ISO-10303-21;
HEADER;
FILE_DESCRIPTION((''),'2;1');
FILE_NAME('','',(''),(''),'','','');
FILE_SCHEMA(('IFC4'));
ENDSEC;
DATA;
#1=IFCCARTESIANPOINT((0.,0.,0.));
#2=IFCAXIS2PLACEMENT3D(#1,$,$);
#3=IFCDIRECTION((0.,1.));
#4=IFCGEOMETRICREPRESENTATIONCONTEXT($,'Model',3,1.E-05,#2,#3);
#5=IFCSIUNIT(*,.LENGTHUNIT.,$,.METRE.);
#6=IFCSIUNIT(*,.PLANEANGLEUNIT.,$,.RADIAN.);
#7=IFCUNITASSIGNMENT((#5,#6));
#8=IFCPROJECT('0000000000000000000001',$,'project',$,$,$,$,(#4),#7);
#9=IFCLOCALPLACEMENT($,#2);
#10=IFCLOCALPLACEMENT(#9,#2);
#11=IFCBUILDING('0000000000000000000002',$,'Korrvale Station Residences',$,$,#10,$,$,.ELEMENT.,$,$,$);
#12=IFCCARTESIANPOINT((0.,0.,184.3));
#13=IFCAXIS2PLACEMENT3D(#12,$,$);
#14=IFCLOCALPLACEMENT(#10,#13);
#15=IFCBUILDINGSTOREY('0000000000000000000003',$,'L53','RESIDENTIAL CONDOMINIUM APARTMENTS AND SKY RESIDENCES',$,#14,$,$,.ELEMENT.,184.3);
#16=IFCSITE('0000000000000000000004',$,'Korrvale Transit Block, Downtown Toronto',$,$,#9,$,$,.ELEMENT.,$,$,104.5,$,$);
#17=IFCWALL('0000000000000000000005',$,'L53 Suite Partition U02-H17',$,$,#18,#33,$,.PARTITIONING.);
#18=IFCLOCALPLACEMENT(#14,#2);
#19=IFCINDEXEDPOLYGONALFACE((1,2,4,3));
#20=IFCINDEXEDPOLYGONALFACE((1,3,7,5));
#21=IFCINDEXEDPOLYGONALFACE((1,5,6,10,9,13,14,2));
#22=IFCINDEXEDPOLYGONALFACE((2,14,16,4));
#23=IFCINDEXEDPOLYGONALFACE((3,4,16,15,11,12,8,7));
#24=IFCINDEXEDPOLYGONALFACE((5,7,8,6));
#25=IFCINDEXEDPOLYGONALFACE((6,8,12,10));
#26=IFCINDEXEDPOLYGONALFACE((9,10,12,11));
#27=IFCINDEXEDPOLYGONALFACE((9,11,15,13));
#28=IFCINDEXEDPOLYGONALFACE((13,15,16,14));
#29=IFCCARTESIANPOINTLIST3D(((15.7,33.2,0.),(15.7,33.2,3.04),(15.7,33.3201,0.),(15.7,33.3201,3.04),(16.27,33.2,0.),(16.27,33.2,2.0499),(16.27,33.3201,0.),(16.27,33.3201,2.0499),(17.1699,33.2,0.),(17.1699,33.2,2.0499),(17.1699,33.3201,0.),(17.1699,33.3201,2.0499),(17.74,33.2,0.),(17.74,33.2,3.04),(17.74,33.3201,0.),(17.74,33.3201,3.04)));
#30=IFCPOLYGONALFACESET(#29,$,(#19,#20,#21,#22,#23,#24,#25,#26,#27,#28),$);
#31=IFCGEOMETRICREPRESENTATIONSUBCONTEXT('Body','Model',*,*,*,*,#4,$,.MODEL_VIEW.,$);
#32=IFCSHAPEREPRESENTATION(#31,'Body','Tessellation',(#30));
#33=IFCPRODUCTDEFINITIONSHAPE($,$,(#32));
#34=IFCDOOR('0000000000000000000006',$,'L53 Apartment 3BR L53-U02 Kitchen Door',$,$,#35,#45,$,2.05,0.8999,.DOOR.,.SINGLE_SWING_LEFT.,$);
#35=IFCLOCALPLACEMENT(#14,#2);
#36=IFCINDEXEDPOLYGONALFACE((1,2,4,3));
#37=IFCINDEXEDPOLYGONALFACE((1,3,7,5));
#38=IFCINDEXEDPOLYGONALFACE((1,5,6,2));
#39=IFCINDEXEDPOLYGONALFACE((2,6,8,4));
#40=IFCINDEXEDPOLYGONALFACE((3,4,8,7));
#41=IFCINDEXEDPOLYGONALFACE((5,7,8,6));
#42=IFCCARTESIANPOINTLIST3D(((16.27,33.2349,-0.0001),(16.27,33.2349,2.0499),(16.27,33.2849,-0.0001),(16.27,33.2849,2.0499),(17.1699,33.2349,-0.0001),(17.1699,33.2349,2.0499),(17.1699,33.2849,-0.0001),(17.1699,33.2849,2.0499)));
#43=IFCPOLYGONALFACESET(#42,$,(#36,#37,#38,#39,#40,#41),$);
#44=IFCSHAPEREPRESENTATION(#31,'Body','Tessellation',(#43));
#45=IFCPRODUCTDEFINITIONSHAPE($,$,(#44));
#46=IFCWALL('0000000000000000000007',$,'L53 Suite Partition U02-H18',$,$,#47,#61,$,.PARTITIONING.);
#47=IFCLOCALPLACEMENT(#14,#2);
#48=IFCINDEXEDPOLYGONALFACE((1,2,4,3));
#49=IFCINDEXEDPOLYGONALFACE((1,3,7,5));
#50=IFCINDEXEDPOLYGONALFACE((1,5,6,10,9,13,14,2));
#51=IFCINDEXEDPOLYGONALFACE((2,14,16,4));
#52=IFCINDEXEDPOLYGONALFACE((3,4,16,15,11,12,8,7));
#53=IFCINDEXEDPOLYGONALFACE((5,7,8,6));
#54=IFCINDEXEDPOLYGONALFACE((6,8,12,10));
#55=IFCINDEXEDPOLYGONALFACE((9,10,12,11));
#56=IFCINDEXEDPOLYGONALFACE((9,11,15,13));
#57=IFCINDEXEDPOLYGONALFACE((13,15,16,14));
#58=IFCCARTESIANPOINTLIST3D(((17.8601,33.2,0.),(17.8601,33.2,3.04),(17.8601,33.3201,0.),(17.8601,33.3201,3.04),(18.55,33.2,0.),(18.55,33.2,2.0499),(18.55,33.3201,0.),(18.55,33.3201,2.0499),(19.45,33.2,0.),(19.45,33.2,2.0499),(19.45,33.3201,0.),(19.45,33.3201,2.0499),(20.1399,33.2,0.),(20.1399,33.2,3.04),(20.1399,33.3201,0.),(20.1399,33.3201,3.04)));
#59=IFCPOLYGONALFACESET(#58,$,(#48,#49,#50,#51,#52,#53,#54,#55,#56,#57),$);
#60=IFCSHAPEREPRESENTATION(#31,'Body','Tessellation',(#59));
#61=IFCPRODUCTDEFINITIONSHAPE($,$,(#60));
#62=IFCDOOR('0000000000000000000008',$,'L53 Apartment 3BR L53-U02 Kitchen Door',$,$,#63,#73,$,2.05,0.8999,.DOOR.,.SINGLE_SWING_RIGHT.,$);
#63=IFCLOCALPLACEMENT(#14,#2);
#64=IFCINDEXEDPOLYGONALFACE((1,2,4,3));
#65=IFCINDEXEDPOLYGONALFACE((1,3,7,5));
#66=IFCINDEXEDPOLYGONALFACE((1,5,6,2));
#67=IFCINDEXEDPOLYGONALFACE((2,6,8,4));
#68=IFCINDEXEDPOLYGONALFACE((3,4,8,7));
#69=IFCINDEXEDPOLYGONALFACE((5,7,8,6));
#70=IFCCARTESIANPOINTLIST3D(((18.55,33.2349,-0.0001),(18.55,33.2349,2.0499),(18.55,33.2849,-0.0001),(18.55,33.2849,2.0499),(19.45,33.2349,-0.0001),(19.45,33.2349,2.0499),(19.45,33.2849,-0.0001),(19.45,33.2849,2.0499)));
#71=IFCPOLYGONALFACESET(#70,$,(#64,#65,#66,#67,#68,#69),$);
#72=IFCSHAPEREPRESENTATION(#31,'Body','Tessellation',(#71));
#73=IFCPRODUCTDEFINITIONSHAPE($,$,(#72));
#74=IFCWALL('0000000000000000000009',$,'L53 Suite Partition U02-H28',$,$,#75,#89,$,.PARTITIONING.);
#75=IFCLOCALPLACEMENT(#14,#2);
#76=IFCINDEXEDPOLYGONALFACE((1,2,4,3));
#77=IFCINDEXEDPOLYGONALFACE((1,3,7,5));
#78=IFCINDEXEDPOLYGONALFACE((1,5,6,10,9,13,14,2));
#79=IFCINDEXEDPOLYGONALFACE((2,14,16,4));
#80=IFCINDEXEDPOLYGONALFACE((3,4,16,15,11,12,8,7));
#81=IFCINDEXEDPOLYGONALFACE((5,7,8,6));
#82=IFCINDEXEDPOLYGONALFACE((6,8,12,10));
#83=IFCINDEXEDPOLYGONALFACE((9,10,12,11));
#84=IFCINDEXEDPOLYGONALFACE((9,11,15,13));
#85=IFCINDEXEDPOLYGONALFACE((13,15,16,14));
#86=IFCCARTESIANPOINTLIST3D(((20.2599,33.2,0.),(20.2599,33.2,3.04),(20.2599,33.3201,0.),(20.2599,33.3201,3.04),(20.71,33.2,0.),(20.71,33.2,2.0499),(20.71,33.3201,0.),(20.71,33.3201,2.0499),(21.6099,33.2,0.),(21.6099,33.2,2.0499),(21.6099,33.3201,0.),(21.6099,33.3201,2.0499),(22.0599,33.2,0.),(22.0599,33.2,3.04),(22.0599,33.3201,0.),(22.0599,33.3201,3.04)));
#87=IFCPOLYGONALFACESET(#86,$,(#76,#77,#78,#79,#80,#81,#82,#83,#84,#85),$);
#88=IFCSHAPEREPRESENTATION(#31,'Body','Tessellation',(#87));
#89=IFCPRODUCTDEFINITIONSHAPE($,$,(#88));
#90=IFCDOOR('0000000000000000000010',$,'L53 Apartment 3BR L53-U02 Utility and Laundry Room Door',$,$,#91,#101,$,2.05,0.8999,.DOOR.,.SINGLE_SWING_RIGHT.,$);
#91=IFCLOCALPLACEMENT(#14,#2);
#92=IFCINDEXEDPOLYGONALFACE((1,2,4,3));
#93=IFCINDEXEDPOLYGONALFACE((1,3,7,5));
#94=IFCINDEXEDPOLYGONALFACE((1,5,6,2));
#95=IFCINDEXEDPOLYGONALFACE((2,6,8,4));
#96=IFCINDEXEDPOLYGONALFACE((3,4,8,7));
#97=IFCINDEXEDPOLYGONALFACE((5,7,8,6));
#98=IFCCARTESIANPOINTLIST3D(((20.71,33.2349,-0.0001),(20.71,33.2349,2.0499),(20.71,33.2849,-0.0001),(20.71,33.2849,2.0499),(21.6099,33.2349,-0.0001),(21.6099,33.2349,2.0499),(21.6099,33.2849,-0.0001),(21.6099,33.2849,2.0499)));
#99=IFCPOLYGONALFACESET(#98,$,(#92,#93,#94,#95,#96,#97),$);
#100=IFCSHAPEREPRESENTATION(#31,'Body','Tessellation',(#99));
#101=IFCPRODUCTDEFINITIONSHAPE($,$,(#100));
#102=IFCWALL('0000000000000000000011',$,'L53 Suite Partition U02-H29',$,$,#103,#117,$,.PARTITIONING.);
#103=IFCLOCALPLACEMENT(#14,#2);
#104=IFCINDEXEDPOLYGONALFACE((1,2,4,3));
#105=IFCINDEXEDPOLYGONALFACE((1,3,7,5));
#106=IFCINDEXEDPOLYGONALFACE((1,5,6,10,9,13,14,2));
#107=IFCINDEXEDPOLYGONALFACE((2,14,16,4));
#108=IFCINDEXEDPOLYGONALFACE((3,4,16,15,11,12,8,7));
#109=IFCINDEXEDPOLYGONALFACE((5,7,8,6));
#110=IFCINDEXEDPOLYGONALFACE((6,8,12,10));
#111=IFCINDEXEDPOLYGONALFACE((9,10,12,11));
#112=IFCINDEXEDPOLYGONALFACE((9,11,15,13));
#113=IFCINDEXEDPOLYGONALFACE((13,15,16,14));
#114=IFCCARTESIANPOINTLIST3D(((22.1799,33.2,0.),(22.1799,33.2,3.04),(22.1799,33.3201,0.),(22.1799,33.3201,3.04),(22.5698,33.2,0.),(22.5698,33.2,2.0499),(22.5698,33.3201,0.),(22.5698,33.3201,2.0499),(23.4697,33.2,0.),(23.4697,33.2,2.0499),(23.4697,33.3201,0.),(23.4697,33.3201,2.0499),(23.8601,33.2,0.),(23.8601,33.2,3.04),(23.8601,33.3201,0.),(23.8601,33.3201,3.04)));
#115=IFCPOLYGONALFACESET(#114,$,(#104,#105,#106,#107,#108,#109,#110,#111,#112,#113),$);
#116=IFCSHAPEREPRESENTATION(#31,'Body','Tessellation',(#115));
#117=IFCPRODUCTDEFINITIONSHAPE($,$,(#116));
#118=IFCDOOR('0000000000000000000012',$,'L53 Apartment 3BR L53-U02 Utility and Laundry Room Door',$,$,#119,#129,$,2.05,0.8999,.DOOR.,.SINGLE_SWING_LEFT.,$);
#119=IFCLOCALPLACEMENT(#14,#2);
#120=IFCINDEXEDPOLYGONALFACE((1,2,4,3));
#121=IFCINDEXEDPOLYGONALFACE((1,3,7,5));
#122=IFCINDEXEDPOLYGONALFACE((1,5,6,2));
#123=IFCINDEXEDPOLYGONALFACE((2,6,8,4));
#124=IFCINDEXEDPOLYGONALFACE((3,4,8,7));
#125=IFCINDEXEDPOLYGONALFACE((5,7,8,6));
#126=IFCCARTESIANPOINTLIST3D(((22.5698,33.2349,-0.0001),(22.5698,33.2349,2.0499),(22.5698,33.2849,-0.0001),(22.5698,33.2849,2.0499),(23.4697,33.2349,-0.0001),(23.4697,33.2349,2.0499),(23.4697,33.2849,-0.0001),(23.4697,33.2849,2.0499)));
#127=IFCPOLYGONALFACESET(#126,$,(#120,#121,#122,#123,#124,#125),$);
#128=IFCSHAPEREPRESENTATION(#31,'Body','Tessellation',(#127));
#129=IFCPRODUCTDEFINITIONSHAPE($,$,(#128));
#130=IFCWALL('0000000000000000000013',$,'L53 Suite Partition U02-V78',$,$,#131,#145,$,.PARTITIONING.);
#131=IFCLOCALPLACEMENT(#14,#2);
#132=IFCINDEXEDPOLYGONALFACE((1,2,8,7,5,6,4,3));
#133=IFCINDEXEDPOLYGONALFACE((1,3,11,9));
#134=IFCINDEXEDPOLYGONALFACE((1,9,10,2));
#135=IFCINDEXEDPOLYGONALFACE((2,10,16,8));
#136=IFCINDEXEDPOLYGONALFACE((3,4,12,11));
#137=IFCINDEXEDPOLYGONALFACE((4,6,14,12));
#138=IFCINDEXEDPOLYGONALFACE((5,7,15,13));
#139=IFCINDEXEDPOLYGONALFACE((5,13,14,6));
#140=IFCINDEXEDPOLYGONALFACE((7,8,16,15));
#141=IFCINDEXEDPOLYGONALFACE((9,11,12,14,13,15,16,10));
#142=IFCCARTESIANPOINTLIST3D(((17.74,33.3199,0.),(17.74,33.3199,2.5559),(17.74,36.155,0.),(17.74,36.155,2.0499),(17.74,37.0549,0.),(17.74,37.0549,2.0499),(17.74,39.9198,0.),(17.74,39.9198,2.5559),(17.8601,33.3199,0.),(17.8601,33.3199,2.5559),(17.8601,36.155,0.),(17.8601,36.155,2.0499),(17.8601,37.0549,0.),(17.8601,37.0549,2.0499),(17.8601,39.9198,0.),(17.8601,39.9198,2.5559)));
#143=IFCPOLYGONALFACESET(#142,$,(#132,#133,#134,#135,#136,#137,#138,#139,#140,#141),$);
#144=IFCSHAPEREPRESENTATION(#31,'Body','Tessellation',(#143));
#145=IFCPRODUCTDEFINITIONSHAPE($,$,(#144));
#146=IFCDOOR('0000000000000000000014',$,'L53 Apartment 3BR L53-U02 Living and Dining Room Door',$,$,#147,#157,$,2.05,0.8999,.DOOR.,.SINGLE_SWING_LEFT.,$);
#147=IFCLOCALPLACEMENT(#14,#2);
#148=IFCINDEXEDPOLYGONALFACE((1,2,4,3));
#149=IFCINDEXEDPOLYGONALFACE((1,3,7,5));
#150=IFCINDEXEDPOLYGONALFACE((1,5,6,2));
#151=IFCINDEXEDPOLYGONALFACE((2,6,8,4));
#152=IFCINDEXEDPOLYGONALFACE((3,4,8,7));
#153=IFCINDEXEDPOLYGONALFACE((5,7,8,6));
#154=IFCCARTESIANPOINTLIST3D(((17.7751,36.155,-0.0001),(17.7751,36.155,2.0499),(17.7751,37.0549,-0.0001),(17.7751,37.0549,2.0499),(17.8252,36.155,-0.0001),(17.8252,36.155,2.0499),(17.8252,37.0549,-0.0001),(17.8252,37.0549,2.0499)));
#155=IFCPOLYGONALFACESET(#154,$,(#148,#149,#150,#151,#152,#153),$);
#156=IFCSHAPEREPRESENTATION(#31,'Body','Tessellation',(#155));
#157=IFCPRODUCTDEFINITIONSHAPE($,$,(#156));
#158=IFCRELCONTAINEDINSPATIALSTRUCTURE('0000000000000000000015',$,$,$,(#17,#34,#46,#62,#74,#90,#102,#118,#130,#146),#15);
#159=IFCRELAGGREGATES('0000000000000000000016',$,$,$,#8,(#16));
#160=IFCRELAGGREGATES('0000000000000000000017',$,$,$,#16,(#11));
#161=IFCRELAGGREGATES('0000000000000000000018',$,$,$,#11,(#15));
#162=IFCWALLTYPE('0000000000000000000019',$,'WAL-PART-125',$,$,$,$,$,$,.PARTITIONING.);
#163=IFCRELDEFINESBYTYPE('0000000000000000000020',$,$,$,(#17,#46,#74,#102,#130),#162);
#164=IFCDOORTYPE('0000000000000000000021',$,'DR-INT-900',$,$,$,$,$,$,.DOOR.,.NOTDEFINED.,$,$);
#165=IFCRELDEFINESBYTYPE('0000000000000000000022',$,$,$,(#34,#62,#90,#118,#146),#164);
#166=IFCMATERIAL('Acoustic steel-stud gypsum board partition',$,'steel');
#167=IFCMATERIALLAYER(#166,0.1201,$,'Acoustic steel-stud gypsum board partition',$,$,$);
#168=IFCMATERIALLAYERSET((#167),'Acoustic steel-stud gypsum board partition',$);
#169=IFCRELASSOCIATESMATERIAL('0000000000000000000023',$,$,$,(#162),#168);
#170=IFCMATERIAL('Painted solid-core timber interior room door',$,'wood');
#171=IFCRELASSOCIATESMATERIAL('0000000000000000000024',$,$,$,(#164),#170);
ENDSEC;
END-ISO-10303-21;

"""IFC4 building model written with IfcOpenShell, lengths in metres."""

from ifc_helpers import new_model, si_unit, direction, frame, frame_2d, origin, place, context, subcontext, project, spatial, rectangle, extrude, material, layer, layer_set, type_object, element, fill, save


model = new_model("IFC4")

# Units and contexts
model_context = context("Model", 3, precision=1e-05, world=origin(), true_north=direction((0.0, 1.0)))
body_context = subcontext(model_context, "Body", "Model", "MODEL_VIEW")
ifc_project = project(units=[si_unit("LENGTHUNIT", "METRE"), si_unit("PLANEANGLEUNIT", "RADIAN")], contexts=[model_context])

# Site, building, storey
site_placement = place(None, origin())
site = spatial("IfcSite", under=ifc_project, at=site_placement, Name="Korrvale Transit Block, Downtown Toronto", CompositionType="ELEMENT", RefElevation=104.5)
building_placement = place(site_placement, origin())
building = spatial("IfcBuilding", under=site, at=building_placement, Name="Korrvale Station Residences", CompositionType="ELEMENT")
storey_placement = place(building_placement, frame((0.0, 0.0, 184.3)))
storey = spatial("IfcBuildingStorey", under=building, at=storey_placement, Name="L53", Description="RESIDENTIAL CONDOMINIUM APARTMENTS AND SKY RESIDENCES", CompositionType="ELEMENT", Elevation=184.3)

# Walls, openings, doors
ifc_material_1 = material(Name="Acoustic steel-stud gypsum board partition", Category="steel")
ifc_layer_1 = layer(ifc_material_1, 0.1201, Name="Acoustic steel-stud gypsum board partition")
ifc_layer_set_1 = layer_set([ifc_layer_1], Name="Acoustic steel-stud gypsum board partition")
wall_type_1 = type_object("IfcWallType", Name="WAL-PART-125", PredefinedType="PARTITIONING", material=ifc_layer_set_1)
ifc_material_2 = material(Name="Painted solid-core timber interior room door", Category="wood")
door_type_1 = type_object("IfcDoorType", Name="DR-INT-900", OperationType="NOTDEFINED", PredefinedType="DOOR", material=ifc_material_2)
wall_1_placement = place(storey_placement, frame((15.7, 33.26, 0.0), z_axis=(0.0, 0.0, 1.0), x_axis=(1.0, 0.0, 0.0)))
wall_1 = element("IfcWall", 1, at=wall_1_placement, inside=storey, type_object=wall_type_1, Name="L53 Suite Partition U02-H17", PredefinedType="PARTITIONING", context=body_context, shape_type="SweptSolid", body=[
    extrude(rectangle(XDim=2.04, YDim=0.1201, at=frame_2d((1.02, 0.0))), origin(), (0.0, 0.0, 1.0), 3.04),
])
opening_1_placement = place(wall_1_placement, frame((0.5701, 0.0, 0.0)))
opening_1 = element("IfcOpeningElement", 2, at=opening_1_placement, cuts=wall_1, PredefinedType="OPENING", context=body_context, shape_type="SweptSolid", body=[
    extrude(rectangle(XDim=0.8999, YDim=2.05, at=frame_2d((0.45, 1.0249))), frame((0.0, 0.0701, 0.0), z_axis=(0.0, -1.0, 0.0), x_axis=(1.0, 0.0, 0.0)), (0.0, 0.0, 1.0), 0.1401),
])
door_1_placement = place(opening_1_placement, origin())
door_1 = element("IfcDoor", 3, at=door_1_placement, inside=storey, type_object=door_type_1, Name="L53 Apartment 3BR L53-U02 Kitchen Door", OperationType="SINGLE_SWING_LEFT", OverallHeight=2.05, OverallWidth=0.8999, PredefinedType="DOOR", context=body_context, shape_type="SweptSolid", body=[
    extrude(rectangle(XDim=0.8999, YDim=2.05, at=frame_2d((0.45, 1.0249))), frame((0.0, 0.0249, 0.0), z_axis=(0.0, -1.0, 0.0), x_axis=(1.0, 0.0, 0.0)), (0.0, 0.0, 1.0), 0.05),
])
fill(opening_1, door_1)
wall_2_placement = place(storey_placement, frame((17.8601, 33.26, 0.0), z_axis=(0.0, 0.0, 1.0), x_axis=(1.0, 0.0, 0.0)))
wall_2 = element("IfcWall", 4, at=wall_2_placement, inside=storey, type_object=wall_type_1, Name="L53 Suite Partition U02-H18", PredefinedType="PARTITIONING", context=body_context, shape_type="SweptSolid", body=[
    extrude(rectangle(XDim=2.2798, YDim=0.1201, at=frame_2d((1.1399, 0.0))), origin(), (0.0, 0.0, 1.0), 3.04),
])
opening_2_placement = place(wall_2_placement, frame((0.6899, 0.0, 0.0)))
opening_2 = element("IfcOpeningElement", 5, at=opening_2_placement, cuts=wall_2, PredefinedType="OPENING", context=body_context, shape_type="SweptSolid", body=[
    extrude(rectangle(XDim=0.8999, YDim=2.05, at=frame_2d((0.45, 1.0249))), frame((0.0, 0.0701, 0.0), z_axis=(0.0, -1.0, 0.0), x_axis=(1.0, 0.0, 0.0)), (0.0, 0.0, 1.0), 0.1401),
])
door_2_placement = place(opening_2_placement, origin())
door_2 = element("IfcDoor", 6, at=door_2_placement, inside=storey, type_object=door_type_1, Name="L53 Apartment 3BR L53-U02 Kitchen Door", OperationType="SINGLE_SWING_RIGHT", OverallHeight=2.05, OverallWidth=0.8999, PredefinedType="DOOR", context=body_context, shape_type="SweptSolid", body=[
    extrude(rectangle(XDim=0.8999, YDim=2.05, at=frame_2d((0.45, 1.0249))), frame((0.0, 0.0249, 0.0), z_axis=(0.0, -1.0, 0.0), x_axis=(1.0, 0.0, 0.0)), (0.0, 0.0, 1.0), 0.05),
])
fill(opening_2, door_2)
wall_3_placement = place(storey_placement, frame((20.26, 33.26, 0.0), z_axis=(0.0, 0.0, 1.0), x_axis=(1.0, 0.0, 0.0)))
wall_3 = element("IfcWall", 7, at=wall_3_placement, inside=storey, type_object=wall_type_1, Name="L53 Suite Partition U02-H28", PredefinedType="PARTITIONING", context=body_context, shape_type="SweptSolid", body=[
    extrude(rectangle(XDim=1.8, YDim=0.1201, at=frame_2d((0.8999, 0.0))), origin(), (0.0, 0.0, 1.0), 3.04),
])
opening_3_placement = place(wall_3_placement, frame((0.45, 0.0, 0.0)))
opening_3 = element("IfcOpeningElement", 8, at=opening_3_placement, cuts=wall_3, PredefinedType="OPENING", context=body_context, shape_type="SweptSolid", body=[
    extrude(rectangle(XDim=0.8999, YDim=2.05, at=frame_2d((0.45, 1.0249))), frame((0.0, 0.0701, 0.0), z_axis=(0.0, -1.0, 0.0), x_axis=(1.0, 0.0, 0.0)), (0.0, 0.0, 1.0), 0.1401),
])
door_3_placement = place(opening_3_placement, origin())
door_3 = element("IfcDoor", 9, at=door_3_placement, inside=storey, type_object=door_type_1, Name="L53 Apartment 3BR L53-U02 Utility and Laundry Room Door", OperationType="SINGLE_SWING_RIGHT", OverallHeight=2.05, OverallWidth=0.8999, PredefinedType="DOOR", context=body_context, shape_type="SweptSolid", body=[
    extrude(rectangle(XDim=0.8999, YDim=2.05, at=frame_2d((0.45, 1.0249))), frame((0.0, 0.0249, 0.0), z_axis=(0.0, -1.0, 0.0), x_axis=(1.0, 0.0, 0.0)), (0.0, 0.0, 1.0), 0.05),
])
fill(opening_3, door_3)
wall_4_placement = place(storey_placement, frame((22.1799, 33.26, 0.0), z_axis=(0.0, 0.0, 1.0), x_axis=(1.0, 0.0, 0.0)))
wall_4 = element("IfcWall", 10, at=wall_4_placement, inside=storey, type_object=wall_type_1, Name="L53 Suite Partition U02-H29", PredefinedType="PARTITIONING", context=body_context, shape_type="SweptSolid", body=[
    extrude(rectangle(XDim=1.6802, YDim=0.1201, at=frame_2d((0.8401, 0.0))), origin(), (0.0, 0.0, 1.0), 3.04),
])
opening_4_placement = place(wall_4_placement, frame((0.3899, 0.0, 0.0)))
opening_4 = element("IfcOpeningElement", 11, at=opening_4_placement, cuts=wall_4, PredefinedType="OPENING", context=body_context, shape_type="SweptSolid", body=[
    extrude(rectangle(XDim=0.8999, YDim=2.05, at=frame_2d((0.45, 1.0249))), frame((0.0, 0.0701, 0.0), z_axis=(0.0, -1.0, 0.0), x_axis=(1.0, 0.0, 0.0)), (0.0, 0.0, 1.0), 0.1401),
])
door_4_placement = place(opening_4_placement, origin())
door_4 = element("IfcDoor", 12, at=door_4_placement, inside=storey, type_object=door_type_1, Name="L53 Apartment 3BR L53-U02 Utility and Laundry Room Door", OperationType="SINGLE_SWING_LEFT", OverallHeight=2.05, OverallWidth=0.8999, PredefinedType="DOOR", context=body_context, shape_type="SweptSolid", body=[
    extrude(rectangle(XDim=0.8999, YDim=2.05, at=frame_2d((0.45, 1.0249))), frame((0.0, 0.0249, 0.0), z_axis=(0.0, -1.0, 0.0), x_axis=(1.0, 0.0, 0.0)), (0.0, 0.0, 1.0), 0.05),
])
fill(opening_4, door_4)
wall_5_placement = place(storey_placement, frame((17.8, 33.3201, 0.0), z_axis=(0.0, 0.0, 1.0), x_axis=(0.0, 1.0, 0.0)))
wall_5 = element("IfcWall", 13, at=wall_5_placement, inside=storey, type_object=wall_type_1, Name="L53 Suite Partition U02-V78", PredefinedType="PARTITIONING", context=body_context, shape_type="SweptSolid", body=[
    extrude(rectangle(XDim=6.5999, YDim=0.1201, at=frame_2d((3.2998, 0.0))), origin(), (0.0, 0.0, 1.0), 2.5559),
])
opening_5_placement = place(wall_5_placement, frame((2.835, 0.0, 0.0)))
opening_5 = element("IfcOpeningElement", 14, at=opening_5_placement, cuts=wall_5, PredefinedType="OPENING", context=body_context, shape_type="SweptSolid", body=[
    extrude(rectangle(XDim=0.8999, YDim=2.05, at=frame_2d((0.45, 1.0249))), frame((0.0, 0.0701, 0.0), z_axis=(0.0, -1.0, 0.0), x_axis=(1.0, 0.0, 0.0)), (0.0, 0.0, 1.0), 0.1401),
])
door_5_placement = place(opening_5_placement, origin())
door_5 = element("IfcDoor", 15, at=door_5_placement, inside=storey, type_object=door_type_1, Name="L53 Apartment 3BR L53-U02 Living and Dining Room Door", OperationType="SINGLE_SWING_LEFT", OverallHeight=2.05, OverallWidth=0.8999, PredefinedType="DOOR", context=body_context, shape_type="SweptSolid", body=[
    extrude(rectangle(XDim=0.8999, YDim=2.05, at=frame_2d((0.45, 1.0249))), frame((0.0, 0.0249, 0.0), z_axis=(0.0, -1.0, 0.0), x_axis=(1.0, 0.0, 0.0)), (0.0, 0.0, 1.0), 0.05),
])
fill(opening_5, door_5)

save(model, "model.ifc")
